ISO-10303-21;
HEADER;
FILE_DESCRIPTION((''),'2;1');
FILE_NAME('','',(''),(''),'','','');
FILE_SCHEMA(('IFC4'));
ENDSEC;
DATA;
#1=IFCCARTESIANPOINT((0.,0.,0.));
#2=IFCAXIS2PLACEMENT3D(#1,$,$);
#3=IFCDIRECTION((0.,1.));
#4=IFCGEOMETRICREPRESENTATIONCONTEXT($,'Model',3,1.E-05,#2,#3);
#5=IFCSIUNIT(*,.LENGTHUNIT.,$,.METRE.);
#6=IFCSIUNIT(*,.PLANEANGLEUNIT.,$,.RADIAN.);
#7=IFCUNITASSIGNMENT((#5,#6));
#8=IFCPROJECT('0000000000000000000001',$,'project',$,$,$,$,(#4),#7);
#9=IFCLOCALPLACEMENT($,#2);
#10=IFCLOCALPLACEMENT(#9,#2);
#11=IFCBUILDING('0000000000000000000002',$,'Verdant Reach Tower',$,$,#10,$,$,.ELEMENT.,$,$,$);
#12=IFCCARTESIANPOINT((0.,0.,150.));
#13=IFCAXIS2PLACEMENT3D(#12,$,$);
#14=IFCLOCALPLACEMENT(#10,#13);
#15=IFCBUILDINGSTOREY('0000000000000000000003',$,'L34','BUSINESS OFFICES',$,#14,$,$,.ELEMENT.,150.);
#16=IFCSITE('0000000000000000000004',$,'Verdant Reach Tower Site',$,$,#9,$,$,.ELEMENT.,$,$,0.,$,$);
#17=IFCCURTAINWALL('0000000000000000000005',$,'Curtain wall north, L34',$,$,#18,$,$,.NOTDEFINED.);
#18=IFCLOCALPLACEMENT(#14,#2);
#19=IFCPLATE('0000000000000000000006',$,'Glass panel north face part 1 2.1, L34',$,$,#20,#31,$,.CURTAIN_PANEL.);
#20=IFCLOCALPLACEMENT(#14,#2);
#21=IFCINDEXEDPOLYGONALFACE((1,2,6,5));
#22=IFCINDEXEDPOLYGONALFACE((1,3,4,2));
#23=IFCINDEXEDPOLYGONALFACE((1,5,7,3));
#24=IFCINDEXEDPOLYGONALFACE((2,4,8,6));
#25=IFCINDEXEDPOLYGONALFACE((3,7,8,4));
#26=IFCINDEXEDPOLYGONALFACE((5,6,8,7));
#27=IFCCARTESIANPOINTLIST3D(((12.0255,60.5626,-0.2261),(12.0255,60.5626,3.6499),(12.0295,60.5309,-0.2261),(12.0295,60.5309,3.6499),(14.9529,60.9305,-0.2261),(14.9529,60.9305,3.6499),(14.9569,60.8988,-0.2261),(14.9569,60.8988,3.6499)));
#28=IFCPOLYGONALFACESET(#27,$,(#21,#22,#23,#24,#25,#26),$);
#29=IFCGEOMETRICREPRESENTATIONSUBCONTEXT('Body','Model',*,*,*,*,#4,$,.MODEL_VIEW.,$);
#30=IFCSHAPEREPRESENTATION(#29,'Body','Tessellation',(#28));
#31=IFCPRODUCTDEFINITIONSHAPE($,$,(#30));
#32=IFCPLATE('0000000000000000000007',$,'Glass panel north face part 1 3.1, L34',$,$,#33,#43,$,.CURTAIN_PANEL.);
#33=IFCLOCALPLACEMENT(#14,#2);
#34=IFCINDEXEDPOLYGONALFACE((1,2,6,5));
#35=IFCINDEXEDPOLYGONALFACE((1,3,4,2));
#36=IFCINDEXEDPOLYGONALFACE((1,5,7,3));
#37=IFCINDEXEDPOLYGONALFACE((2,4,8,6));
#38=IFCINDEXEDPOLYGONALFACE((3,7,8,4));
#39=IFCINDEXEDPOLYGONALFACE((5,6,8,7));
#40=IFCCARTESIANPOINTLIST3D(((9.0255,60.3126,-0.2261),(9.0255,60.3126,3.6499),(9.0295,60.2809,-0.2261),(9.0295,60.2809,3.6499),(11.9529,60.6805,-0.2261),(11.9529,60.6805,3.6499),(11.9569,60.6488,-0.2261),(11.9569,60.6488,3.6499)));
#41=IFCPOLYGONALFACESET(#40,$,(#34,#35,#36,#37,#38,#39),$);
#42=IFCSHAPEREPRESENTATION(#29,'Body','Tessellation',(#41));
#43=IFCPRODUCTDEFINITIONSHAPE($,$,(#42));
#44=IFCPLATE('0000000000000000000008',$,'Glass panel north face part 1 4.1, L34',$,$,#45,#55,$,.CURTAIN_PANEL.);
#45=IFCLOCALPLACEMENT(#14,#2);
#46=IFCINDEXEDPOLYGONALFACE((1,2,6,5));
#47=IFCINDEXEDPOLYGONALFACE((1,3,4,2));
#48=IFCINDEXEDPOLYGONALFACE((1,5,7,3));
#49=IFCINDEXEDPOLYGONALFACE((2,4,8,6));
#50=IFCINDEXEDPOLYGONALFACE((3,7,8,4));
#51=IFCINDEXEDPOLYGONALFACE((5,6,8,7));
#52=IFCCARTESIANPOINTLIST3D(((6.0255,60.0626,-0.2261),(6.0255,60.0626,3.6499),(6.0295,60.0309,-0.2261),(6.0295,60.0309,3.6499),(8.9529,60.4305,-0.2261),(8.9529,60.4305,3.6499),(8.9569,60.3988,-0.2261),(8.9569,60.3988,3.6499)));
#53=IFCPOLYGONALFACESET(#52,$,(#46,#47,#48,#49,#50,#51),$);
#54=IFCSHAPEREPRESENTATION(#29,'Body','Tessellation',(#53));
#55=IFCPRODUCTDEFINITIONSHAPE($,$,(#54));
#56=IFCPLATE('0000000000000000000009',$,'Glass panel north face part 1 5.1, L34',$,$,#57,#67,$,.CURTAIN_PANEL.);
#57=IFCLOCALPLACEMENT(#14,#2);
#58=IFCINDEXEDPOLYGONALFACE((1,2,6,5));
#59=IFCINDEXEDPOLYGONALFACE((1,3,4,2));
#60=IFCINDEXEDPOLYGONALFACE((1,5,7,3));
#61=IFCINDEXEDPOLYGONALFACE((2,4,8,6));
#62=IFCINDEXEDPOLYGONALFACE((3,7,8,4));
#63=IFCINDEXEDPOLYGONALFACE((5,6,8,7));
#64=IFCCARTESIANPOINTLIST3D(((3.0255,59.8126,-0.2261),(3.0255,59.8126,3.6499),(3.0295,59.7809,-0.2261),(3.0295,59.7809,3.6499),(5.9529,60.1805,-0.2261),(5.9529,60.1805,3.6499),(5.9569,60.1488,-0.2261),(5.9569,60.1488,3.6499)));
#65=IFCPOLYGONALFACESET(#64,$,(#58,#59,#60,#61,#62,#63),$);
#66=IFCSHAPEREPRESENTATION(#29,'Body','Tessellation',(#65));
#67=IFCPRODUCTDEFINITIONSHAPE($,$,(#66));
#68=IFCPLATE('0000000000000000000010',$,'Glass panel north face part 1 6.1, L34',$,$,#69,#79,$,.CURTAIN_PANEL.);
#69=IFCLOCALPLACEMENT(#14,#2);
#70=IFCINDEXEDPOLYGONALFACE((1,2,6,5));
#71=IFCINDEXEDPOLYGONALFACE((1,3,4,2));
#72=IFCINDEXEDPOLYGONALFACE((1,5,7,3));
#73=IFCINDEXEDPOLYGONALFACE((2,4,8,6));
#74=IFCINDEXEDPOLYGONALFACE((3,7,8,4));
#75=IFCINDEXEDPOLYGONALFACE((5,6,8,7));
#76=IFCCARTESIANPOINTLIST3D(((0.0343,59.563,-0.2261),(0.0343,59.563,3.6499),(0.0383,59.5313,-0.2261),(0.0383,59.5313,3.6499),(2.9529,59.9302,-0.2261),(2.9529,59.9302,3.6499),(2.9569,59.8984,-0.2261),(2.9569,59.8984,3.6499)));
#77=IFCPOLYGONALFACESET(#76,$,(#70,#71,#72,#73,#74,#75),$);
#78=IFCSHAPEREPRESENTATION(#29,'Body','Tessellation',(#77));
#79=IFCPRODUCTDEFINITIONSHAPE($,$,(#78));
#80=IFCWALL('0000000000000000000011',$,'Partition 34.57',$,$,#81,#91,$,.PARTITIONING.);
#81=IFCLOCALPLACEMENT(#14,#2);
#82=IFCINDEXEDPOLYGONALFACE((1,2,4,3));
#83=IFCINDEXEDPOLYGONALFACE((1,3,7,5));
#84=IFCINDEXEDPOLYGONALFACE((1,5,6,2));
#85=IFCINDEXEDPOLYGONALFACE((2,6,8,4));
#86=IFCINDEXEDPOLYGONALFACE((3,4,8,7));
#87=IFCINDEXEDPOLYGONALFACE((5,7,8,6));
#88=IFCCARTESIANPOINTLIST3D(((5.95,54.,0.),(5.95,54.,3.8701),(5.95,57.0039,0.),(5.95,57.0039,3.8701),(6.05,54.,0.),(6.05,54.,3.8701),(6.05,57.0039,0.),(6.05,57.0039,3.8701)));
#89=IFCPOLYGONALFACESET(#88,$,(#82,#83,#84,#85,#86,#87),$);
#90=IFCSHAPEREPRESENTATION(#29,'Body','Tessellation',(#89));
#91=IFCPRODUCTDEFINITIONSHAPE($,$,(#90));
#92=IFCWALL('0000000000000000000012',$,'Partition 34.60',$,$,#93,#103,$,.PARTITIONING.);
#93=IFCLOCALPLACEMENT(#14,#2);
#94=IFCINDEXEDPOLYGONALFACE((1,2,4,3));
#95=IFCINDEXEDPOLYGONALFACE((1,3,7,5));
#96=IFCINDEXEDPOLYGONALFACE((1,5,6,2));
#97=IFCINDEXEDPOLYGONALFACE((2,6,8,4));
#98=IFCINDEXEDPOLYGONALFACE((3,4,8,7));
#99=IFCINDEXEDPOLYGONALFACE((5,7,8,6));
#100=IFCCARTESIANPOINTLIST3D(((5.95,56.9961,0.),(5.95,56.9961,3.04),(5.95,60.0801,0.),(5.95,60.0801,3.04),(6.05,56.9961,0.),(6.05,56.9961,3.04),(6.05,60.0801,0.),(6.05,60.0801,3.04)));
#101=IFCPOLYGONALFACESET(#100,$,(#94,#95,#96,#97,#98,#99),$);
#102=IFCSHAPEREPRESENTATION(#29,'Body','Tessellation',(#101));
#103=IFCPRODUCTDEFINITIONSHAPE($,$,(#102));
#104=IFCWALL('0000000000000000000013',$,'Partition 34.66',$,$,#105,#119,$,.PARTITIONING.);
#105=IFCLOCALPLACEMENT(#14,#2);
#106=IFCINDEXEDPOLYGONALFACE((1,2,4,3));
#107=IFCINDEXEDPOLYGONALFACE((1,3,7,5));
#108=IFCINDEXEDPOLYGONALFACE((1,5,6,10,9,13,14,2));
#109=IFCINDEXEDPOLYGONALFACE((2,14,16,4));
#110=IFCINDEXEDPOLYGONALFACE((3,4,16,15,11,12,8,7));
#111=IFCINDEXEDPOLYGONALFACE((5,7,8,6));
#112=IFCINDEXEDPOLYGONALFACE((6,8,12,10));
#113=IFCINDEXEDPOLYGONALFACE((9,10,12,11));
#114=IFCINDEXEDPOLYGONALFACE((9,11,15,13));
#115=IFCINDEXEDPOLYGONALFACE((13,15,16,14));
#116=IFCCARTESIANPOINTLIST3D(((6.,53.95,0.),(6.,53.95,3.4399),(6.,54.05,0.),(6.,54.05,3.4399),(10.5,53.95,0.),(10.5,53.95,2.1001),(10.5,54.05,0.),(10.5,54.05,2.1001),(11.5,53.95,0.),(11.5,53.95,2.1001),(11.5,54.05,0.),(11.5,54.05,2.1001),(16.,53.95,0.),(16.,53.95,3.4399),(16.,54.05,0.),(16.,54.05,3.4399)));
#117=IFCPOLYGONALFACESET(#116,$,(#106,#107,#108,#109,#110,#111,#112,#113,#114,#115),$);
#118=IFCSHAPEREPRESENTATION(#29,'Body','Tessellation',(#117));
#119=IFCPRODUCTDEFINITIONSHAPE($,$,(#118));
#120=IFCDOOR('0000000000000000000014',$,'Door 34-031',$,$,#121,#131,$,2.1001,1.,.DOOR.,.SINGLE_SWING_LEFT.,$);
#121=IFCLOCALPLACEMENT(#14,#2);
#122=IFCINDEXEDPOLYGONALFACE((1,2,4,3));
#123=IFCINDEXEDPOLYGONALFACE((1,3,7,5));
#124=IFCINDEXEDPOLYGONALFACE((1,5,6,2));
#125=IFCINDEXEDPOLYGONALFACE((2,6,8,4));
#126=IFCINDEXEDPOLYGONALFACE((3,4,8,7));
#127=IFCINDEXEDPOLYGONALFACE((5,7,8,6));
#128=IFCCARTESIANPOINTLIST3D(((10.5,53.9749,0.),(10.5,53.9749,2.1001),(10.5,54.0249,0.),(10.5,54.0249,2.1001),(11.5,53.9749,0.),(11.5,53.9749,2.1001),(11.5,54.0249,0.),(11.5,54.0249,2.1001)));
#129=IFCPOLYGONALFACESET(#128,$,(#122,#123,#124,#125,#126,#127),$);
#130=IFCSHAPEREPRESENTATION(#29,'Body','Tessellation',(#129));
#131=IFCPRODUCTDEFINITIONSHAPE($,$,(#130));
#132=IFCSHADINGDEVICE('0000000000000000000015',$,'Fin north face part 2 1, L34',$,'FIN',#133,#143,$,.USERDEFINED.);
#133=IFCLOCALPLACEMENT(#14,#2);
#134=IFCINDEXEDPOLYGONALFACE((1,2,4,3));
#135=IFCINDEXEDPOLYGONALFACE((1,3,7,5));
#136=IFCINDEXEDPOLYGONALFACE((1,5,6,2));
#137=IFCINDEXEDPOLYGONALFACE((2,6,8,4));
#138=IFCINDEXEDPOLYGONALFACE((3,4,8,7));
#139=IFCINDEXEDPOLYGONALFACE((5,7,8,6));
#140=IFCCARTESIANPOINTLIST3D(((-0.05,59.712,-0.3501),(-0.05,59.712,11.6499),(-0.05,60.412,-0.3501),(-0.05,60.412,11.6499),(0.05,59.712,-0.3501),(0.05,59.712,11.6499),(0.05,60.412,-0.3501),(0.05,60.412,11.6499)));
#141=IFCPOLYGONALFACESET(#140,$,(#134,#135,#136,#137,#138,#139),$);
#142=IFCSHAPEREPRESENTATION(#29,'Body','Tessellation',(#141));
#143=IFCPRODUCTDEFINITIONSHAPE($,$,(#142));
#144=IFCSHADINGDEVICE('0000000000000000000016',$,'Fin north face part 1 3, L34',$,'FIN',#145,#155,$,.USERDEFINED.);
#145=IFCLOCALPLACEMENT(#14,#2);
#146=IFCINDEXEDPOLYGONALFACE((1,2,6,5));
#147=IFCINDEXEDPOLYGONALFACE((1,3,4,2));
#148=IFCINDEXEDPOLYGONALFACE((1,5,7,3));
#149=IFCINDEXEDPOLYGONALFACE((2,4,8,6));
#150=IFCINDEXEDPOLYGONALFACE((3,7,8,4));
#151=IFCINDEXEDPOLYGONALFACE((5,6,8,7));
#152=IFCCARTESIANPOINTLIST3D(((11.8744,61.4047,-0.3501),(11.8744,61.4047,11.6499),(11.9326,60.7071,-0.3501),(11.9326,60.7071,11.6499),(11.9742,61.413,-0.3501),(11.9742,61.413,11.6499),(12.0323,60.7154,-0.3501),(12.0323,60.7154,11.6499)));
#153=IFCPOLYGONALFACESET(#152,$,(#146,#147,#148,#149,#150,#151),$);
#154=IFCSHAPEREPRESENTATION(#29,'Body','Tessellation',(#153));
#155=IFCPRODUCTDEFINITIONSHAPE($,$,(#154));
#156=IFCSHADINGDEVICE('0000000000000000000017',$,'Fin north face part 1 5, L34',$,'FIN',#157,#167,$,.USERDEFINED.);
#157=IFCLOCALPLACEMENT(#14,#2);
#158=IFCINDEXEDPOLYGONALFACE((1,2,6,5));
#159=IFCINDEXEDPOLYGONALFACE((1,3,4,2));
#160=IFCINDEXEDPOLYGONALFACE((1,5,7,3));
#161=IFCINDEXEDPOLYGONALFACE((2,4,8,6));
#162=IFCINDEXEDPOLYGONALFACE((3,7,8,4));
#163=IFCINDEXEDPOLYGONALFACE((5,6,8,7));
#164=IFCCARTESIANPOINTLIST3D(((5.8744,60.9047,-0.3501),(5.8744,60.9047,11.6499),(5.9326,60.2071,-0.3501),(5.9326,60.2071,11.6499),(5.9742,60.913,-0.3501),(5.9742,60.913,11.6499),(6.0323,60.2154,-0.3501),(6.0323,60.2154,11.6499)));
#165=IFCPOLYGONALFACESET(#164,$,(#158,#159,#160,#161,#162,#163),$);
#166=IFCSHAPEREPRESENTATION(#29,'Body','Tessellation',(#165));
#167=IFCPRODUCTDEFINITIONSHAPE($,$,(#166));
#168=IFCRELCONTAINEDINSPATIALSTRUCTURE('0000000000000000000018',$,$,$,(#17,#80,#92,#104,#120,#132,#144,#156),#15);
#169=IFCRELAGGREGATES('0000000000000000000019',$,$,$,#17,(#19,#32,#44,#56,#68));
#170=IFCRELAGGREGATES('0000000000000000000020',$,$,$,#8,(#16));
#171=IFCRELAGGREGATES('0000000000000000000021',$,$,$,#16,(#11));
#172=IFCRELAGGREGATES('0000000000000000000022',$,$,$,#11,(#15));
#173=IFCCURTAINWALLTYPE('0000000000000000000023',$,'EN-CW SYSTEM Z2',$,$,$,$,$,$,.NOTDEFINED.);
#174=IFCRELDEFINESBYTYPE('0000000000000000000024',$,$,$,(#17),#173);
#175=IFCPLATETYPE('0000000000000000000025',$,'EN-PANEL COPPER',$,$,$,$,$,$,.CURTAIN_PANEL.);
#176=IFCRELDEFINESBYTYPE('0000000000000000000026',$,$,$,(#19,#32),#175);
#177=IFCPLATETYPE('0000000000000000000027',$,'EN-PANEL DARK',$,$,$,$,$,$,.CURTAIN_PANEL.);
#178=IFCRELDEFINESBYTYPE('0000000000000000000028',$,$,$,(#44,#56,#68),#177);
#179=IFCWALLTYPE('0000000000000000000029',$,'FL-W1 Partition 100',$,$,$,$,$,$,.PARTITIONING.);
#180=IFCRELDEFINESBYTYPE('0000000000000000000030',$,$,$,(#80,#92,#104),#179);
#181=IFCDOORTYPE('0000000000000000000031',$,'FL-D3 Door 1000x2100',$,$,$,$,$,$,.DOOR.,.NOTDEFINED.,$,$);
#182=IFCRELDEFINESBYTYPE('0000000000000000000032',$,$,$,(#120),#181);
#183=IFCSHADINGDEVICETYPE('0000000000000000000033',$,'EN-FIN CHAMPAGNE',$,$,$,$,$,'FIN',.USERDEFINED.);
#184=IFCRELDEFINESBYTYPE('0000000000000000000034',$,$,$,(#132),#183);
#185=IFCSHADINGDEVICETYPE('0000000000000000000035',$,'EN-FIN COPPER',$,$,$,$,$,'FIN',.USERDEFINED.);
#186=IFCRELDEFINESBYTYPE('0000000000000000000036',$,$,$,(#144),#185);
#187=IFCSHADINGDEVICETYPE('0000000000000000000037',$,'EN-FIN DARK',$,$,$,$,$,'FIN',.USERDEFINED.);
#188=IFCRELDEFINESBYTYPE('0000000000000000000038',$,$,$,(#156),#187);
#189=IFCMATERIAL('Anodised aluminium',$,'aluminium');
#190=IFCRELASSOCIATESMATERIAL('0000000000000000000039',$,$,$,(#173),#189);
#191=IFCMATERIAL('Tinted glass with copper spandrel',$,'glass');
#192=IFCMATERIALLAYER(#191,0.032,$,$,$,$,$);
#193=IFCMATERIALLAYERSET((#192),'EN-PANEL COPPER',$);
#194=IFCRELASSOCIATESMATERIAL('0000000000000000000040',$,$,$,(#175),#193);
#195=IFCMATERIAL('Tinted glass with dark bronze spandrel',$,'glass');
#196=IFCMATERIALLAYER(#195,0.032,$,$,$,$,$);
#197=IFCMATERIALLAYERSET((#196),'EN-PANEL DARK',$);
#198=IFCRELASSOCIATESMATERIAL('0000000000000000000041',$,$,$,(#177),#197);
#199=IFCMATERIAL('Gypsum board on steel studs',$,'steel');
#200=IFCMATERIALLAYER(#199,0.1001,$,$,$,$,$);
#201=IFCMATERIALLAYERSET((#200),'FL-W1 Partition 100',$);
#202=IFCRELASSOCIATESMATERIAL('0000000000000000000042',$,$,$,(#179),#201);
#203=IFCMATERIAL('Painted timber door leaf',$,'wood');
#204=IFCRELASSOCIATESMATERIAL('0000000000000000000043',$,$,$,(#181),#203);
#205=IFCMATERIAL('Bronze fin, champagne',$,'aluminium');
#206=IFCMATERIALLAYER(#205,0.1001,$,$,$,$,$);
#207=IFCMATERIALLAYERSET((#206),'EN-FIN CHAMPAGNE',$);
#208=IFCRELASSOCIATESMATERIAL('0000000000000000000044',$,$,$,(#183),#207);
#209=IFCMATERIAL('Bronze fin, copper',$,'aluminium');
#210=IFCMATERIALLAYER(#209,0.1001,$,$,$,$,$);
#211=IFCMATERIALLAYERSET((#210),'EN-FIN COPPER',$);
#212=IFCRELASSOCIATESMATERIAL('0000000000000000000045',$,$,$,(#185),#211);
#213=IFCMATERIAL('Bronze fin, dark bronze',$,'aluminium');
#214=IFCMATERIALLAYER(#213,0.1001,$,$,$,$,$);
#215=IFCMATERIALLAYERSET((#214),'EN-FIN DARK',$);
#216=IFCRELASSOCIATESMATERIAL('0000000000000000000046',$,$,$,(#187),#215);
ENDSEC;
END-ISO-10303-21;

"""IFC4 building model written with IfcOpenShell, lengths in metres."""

from ifc_helpers import new_model, si_unit, direction, frame, frame_2d, origin, origin_2d, place, context, subcontext, project, spatial, rectangle, extrude, material, layer, layer_set, type_object, element, fill, aggregate, save


model = new_model("IFC4")

# Units and contexts
model_context = context("Model", 3, precision=1e-05, world=origin(), true_north=direction((0.0, 1.0)))
body_context = subcontext(model_context, "Body", "Model", "MODEL_VIEW")
ifc_project = project(units=[si_unit("LENGTHUNIT", "METRE"), si_unit("PLANEANGLEUNIT", "RADIAN")], contexts=[model_context])

# Site, building, storey
site_placement = place(None, origin())
site = spatial("IfcSite", under=ifc_project, at=site_placement, Name="Verdant Reach Tower Site", CompositionType="ELEMENT", RefElevation=0.0)
building_placement = place(site_placement, origin())
building = spatial("IfcBuilding", under=site, at=building_placement, Name="Verdant Reach Tower", CompositionType="ELEMENT")
storey_placement = place(building_placement, frame((0.0, 0.0, 150.0)))
storey = spatial("IfcBuildingStorey", under=building, at=storey_placement, Name="L34", Description="BUSINESS OFFICES", CompositionType="ELEMENT", Elevation=150.0)

# Curtain wall
ifc_material_1 = material(Name="Anodised aluminium", Category="aluminium")
curtain_wall_type = type_object("IfcCurtainWallType", Name="EN-CW SYSTEM Z2", PredefinedType="NOTDEFINED", material=ifc_material_1)
curtain_wall_placement = place(storey_placement, origin())
curtain_wall = element("IfcCurtainWall", 1, at=curtain_wall_placement, inside=storey, type_object=curtain_wall_type, Name="Curtain wall north, L34", PredefinedType="NOTDEFINED")

# Plates
ifc_material_2 = material(Name="Tinted glass with copper spandrel", Category="glass")
ifc_layer_1 = layer(ifc_material_2, 0.032)
ifc_layer_set_1 = layer_set([ifc_layer_1], Name="EN-PANEL COPPER")
plate_type_1 = type_object("IfcPlateType", Name="EN-PANEL COPPER", PredefinedType="CURTAIN_PANEL", material=ifc_layer_set_1)
plate_1_placement = place(storey_placement, frame((13.4912, 60.7307, -0.2261), z_axis=(0.0, 0.0, 1.0), x_axis=(-0.992194, -0.124704, 0.0)))
plate_1 = element("IfcPlate", 2, at=plate_1_placement, type_object=plate_type_1, Name="Glass panel north face part 1 2.1, L34", PredefinedType="CURTAIN_PANEL", context=body_context, shape_type="SweptSolid", body=[
    extrude(rectangle(XDim=2.9504, YDim=0.032, at=origin_2d()), origin(), (0.0, 0.0, 1.0), 3.876),
])
plate_2_placement = place(storey_placement, frame((10.4912, 60.4807, -0.2261), z_axis=(0.0, 0.0, 1.0), x_axis=(-0.992194, -0.124704, 0.0)))
plate_2 = element("IfcPlate", 3, at=plate_2_placement, type_object=plate_type_1, Name="Glass panel north face part 1 3.1, L34", PredefinedType="CURTAIN_PANEL", context=body_context, shape_type="SweptSolid", body=[
    extrude(rectangle(XDim=2.9504, YDim=0.032, at=origin_2d()), origin(), (0.0, 0.0, 1.0), 3.876),
])
ifc_material_3 = material(Name="Tinted glass with dark bronze spandrel", Category="glass")
ifc_layer_2 = layer(ifc_material_3, 0.032)
ifc_layer_set_2 = layer_set([ifc_layer_2], Name="EN-PANEL DARK")
plate_type_2 = type_object("IfcPlateType", Name="EN-PANEL DARK", PredefinedType="CURTAIN_PANEL", material=ifc_layer_set_2)
plate_3_placement = place(storey_placement, frame((7.4912, 60.2307, -0.2261), z_axis=(0.0, 0.0, 1.0), x_axis=(-0.992194, -0.124704, 0.0)))
plate_3 = element("IfcPlate", 4, at=plate_3_placement, type_object=plate_type_2, Name="Glass panel north face part 1 4.1, L34", PredefinedType="CURTAIN_PANEL", context=body_context, shape_type="SweptSolid", body=[
    extrude(rectangle(XDim=2.9504, YDim=0.032, at=origin_2d()), origin(), (0.0, 0.0, 1.0), 3.876),
])
plate_4_placement = place(storey_placement, frame((4.4912, 59.9807, -0.2261), z_axis=(0.0, 0.0, 1.0), x_axis=(-0.992194, -0.124704, 0.0)))
plate_4 = element("IfcPlate", 5, at=plate_4_placement, type_object=plate_type_2, Name="Glass panel north face part 1 5.1, L34", PredefinedType="CURTAIN_PANEL", context=body_context, shape_type="SweptSolid", body=[
    extrude(rectangle(XDim=2.9504, YDim=0.032, at=origin_2d()), origin(), (0.0, 0.0, 1.0), 3.876),
])
plate_5_placement = place(storey_placement, frame((1.4956, 59.7307, -0.2261), z_axis=(0.0, 0.0, 1.0), x_axis=(-0.992179, -0.124825, 0.0)))
plate_5 = element("IfcPlate", 6, at=plate_5_placement, type_object=plate_type_2, Name="Glass panel north face part 1 6.1, L34", PredefinedType="CURTAIN_PANEL", context=body_context, shape_type="SweptSolid", body=[
    extrude(rectangle(XDim=2.9417, YDim=0.032, at=origin_2d()), origin(), (0.0, 0.0, 1.0), 3.876),
])
aggregate(curtain_wall, [plate_1, plate_2, plate_3, plate_4, plate_5])

# Walls
ifc_material_4 = material(Name="Gypsum board on steel studs", Category="steel")
ifc_layer_3 = layer(ifc_material_4, 0.1001)
ifc_layer_set_3 = layer_set([ifc_layer_3], Name="FL-W1 Partition 100")
wall_type = type_object("IfcWallType", Name="FL-W1 Partition 100", PredefinedType="PARTITIONING", material=ifc_layer_set_3)
wall_1_placement = place(storey_placement, frame((6.0, 54.0, 0.0), z_axis=(0.0, 0.0, 1.0), x_axis=(0.0, 1.0, 0.0)))
element("IfcWall", 7, at=wall_1_placement, inside=storey, type_object=wall_type, Name="Partition 34.57", PredefinedType="PARTITIONING", context=body_context, shape_type="SweptSolid", body=[
    extrude(rectangle(XDim=3.0039, YDim=0.1001, at=frame_2d((1.502, 0.0))), origin(), (0.0, 0.0, 1.0), 3.8701),
])
wall_2_placement = place(storey_placement, frame((6.0, 56.9961, 0.0), z_axis=(0.0, 0.0, 1.0), x_axis=(0.0, 1.0, 0.0)))
element("IfcWall", 8, at=wall_2_placement, inside=storey, type_object=wall_type, Name="Partition 34.60", PredefinedType="PARTITIONING", context=body_context, shape_type="SweptSolid", body=[
    extrude(rectangle(XDim=3.084, YDim=0.1001, at=frame_2d((1.542, 0.0))), origin(), (0.0, 0.0, 1.0), 3.04),
])

# Wall, opening, door
wall_3_placement = place(storey_placement, frame((6.0, 54.0, 0.0), z_axis=(0.0, 0.0, 1.0), x_axis=(1.0, 0.0, 0.0)))
wall_3 = element("IfcWall", 9, at=wall_3_placement, inside=storey, type_object=wall_type, Name="Partition 34.66", PredefinedType="PARTITIONING", context=body_context, shape_type="SweptSolid", body=[
    extrude(rectangle(XDim=10.0, YDim=0.1001, at=frame_2d((5.0, 0.0))), origin(), (0.0, 0.0, 1.0), 3.4399),
])
opening_placement = place(wall_3_placement, frame((4.5, 0.0, 0.0)))
opening = element("IfcOpeningElement", 10, at=opening_placement, cuts=wall_3, PredefinedType="OPENING", context=body_context, shape_type="SweptSolid", body=[
    extrude(rectangle(XDim=1.0, YDim=2.1001, at=frame_2d((0.5, 1.05))), frame((0.0, 0.0601, 0.0), z_axis=(0.0, -1.0, 0.0), x_axis=(1.0, 0.0, 0.0)), (0.0, 0.0, 1.0), 0.1201),
])
ifc_material_5 = material(Name="Painted timber door leaf", Category="wood")
door_type = type_object("IfcDoorType", Name="FL-D3 Door 1000x2100", OperationType="NOTDEFINED", PredefinedType="DOOR", material=ifc_material_5)
door_placement = place(opening_placement, origin())
door = element("IfcDoor", 11, at=door_placement, inside=storey, type_object=door_type, Name="Door 34-031", OperationType="SINGLE_SWING_LEFT", OverallHeight=2.1001, OverallWidth=1.0, PredefinedType="DOOR", context=body_context, shape_type="SweptSolid", body=[
    extrude(rectangle(XDim=1.0, YDim=2.1001, at=frame_2d((0.5, 1.05))), frame((0.0, 0.0249, 0.0), z_axis=(0.0, -1.0, 0.0), x_axis=(1.0, 0.0, 0.0)), (0.0, 0.0, 1.0), 0.05),
])
fill(opening, door)

# Shading devices
ifc_material_6 = material(Name="Bronze fin, champagne", Category="aluminium")
ifc_layer_4 = layer(ifc_material_6, 0.1001)
ifc_layer_set_4 = layer_set([ifc_layer_4], Name="EN-FIN CHAMPAGNE")
shading_device_type_1 = type_object("IfcShadingDeviceType", Name="EN-FIN CHAMPAGNE", ElementType="FIN", PredefinedType="USERDEFINED", material=ifc_layer_set_4)
shading_device_1_placement = place(storey_placement, frame((0.0, 60.062, -0.3501), z_axis=(0.0, 0.0, 1.0), x_axis=(-1.0, 0.0, 0.0)))
element("IfcShadingDevice", 12, at=shading_device_1_placement, inside=storey, type_object=shading_device_type_1, Name="Fin north face part 2 1, L34", ObjectType="FIN", PredefinedType="USERDEFINED", context=body_context, shape_type="SweptSolid", body=[
    extrude(rectangle(XDim=0.1001, YDim=0.7, at=origin_2d()), origin(), (0.0, 0.0, 1.0), 12.0),
])
ifc_material_7 = material(Name="Bronze fin, copper", Category="aluminium")
ifc_layer_5 = layer(ifc_material_7, 0.1001)
ifc_layer_set_5 = layer_set([ifc_layer_5], Name="EN-FIN COPPER")
shading_device_type_2 = type_object("IfcShadingDeviceType", Name="EN-FIN COPPER", ElementType="FIN", PredefinedType="USERDEFINED", material=ifc_layer_set_5)
shading_device_2_placement = place(storey_placement, frame((11.9534, 61.0601, -0.3501), z_axis=(0.0, 0.0, 1.0), x_axis=(-0.996546, -0.083045, 0.0)))
element("IfcShadingDevice", 13, at=shading_device_2_placement, inside=storey, type_object=shading_device_type_2, Name="Fin north face part 1 3, L34", ObjectType="FIN", PredefinedType="USERDEFINED", context=body_context, shape_type="SweptSolid", body=[
    extrude(rectangle(XDim=0.1001, YDim=0.7, at=origin_2d()), origin(), (0.0, 0.0, 1.0), 12.0),
])
ifc_material_8 = material(Name="Bronze fin, dark bronze", Category="aluminium")
ifc_layer_6 = layer(ifc_material_8, 0.1001)
ifc_layer_set_6 = layer_set([ifc_layer_6], Name="EN-FIN DARK")
shading_device_type_3 = type_object("IfcShadingDeviceType", Name="EN-FIN DARK", ElementType="FIN", PredefinedType="USERDEFINED", material=ifc_layer_set_6)
shading_device_3_placement = place(storey_placement, frame((5.9534, 60.5601, -0.3501), z_axis=(0.0, 0.0, 1.0), x_axis=(-0.996546, -0.083045, 0.0)))
element("IfcShadingDevice", 14, at=shading_device_3_placement, inside=storey, type_object=shading_device_type_3, Name="Fin north face part 1 5, L34", ObjectType="FIN", PredefinedType="USERDEFINED", context=body_context, shape_type="SweptSolid", body=[
    extrude(rectangle(XDim=0.1001, YDim=0.7, at=origin_2d()), origin(), (0.0, 0.0, 1.0), 12.0),
])

save(model, "model.ifc")
